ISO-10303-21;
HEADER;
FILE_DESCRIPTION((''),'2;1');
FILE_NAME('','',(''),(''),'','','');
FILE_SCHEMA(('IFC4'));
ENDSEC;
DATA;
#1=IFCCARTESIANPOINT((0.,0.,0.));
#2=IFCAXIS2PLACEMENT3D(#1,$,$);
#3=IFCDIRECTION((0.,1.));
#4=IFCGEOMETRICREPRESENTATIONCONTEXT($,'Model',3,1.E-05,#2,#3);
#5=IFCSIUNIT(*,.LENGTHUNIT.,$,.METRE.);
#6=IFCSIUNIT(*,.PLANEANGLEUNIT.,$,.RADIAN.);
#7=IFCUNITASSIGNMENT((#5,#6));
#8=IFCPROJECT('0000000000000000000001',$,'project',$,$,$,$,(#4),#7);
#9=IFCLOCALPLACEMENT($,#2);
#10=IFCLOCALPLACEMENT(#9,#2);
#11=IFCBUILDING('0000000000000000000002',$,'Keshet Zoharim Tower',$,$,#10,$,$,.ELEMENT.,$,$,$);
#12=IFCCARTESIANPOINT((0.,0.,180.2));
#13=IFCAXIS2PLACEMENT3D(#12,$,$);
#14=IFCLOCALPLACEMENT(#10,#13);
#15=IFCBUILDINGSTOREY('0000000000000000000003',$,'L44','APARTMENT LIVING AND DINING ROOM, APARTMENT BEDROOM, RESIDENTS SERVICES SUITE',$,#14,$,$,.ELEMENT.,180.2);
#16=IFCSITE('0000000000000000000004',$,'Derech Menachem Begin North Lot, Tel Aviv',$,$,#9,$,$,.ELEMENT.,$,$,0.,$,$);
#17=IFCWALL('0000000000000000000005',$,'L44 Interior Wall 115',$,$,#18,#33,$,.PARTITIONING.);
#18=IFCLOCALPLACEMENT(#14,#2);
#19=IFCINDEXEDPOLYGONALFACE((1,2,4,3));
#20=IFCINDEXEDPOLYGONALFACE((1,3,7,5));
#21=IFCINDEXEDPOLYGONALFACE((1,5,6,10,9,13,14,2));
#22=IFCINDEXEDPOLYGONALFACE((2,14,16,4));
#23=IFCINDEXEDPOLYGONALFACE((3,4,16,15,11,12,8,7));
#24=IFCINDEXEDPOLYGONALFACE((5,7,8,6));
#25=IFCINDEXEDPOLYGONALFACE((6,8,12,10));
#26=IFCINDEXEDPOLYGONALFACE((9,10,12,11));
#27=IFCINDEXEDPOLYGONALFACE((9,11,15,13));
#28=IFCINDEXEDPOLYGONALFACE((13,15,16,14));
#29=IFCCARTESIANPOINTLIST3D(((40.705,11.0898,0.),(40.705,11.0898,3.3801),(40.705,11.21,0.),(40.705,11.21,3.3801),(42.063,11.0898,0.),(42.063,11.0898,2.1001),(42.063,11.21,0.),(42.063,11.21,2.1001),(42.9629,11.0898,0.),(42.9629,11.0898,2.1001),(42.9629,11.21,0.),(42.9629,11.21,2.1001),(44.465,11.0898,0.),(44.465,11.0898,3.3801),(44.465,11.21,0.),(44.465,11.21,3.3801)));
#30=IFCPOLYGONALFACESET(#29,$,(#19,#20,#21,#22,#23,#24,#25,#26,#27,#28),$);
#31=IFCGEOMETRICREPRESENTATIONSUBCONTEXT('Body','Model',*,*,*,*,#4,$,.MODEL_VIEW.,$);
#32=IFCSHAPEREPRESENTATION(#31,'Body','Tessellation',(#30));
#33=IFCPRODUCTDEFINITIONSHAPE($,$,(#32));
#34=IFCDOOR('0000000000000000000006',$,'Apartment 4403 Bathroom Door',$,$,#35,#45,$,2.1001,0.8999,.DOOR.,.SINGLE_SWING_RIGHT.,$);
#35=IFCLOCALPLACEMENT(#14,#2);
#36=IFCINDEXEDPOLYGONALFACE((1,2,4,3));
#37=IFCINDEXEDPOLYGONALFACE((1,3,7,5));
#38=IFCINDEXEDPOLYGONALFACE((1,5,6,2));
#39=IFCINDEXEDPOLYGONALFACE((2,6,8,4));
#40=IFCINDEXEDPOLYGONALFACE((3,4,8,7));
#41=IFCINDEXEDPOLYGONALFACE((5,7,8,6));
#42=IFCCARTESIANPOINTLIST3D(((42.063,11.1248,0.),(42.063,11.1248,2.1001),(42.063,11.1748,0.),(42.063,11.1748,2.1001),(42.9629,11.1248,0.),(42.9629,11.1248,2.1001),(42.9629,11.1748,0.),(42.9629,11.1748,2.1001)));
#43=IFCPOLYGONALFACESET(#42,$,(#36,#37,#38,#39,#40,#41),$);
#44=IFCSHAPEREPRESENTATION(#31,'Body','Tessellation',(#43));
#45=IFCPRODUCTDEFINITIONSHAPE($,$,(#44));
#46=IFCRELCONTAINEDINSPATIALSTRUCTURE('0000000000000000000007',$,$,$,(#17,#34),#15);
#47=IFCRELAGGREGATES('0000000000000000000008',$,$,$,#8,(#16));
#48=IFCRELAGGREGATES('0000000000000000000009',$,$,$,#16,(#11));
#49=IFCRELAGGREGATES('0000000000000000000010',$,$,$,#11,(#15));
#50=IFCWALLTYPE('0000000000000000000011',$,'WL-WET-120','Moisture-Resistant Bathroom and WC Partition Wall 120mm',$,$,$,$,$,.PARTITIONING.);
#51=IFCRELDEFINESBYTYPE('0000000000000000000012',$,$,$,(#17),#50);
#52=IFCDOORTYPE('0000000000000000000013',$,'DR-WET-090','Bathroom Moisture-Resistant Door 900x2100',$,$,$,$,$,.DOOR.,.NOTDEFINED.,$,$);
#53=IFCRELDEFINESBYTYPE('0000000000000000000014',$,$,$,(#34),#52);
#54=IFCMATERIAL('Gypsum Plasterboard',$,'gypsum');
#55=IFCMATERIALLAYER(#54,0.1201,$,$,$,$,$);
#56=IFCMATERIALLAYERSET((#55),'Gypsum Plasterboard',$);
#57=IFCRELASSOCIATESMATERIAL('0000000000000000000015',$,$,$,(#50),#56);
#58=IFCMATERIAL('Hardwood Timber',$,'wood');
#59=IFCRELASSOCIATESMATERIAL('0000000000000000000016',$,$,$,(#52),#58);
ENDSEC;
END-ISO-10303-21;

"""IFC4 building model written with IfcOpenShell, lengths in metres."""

from ifc_helpers import new_model, si_unit, direction, frame, frame_2d, origin, place, context, subcontext, project, spatial, rectangle, extrude, material, layer, layer_set, type_object, element, fill, save


model = new_model("IFC4")

# Units and contexts
model_context = context("Model", 3, precision=1e-05, world=origin(), true_north=direction((0.0, 1.0)))
body_context = subcontext(model_context, "Body", "Model", "MODEL_VIEW")
ifc_project = project(units=[si_unit("LENGTHUNIT", "METRE"), si_unit("PLANEANGLEUNIT", "RADIAN")], contexts=[model_context])

# Site, building, storey
site_placement = place(None, origin())
site = spatial("IfcSite", under=ifc_project, at=site_placement, Name="Derech Menachem Begin North Lot, Tel Aviv", CompositionType="ELEMENT", RefElevation=0.0)
building_placement = place(site_placement, origin())
building = spatial("IfcBuilding", under=site, at=building_placement, Name="Keshet Zoharim Tower", CompositionType="ELEMENT")
storey_placement = place(building_placement, frame((0.0, 0.0, 180.2)))
storey = spatial("IfcBuildingStorey", under=building, at=storey_placement, Name="L44", Description="APARTMENT LIVING AND DINING ROOM, APARTMENT BEDROOM, RESIDENTS SERVICES SUITE", CompositionType="ELEMENT", Elevation=180.2)

# Shared definitions
ifc_material_1 = material(Name="Gypsum Plasterboard", Category="gypsum")
ifc_material_2 = material(Name="Hardwood Timber", Category="wood")

# Shared definitions
ifc_layer_1 = layer(ifc_material_1, 0.1201)
ifc_layer_set_1 = layer_set([ifc_layer_1], Name="Gypsum Plasterboard")
wall_type_1 = type_object("IfcWallType", Name="WL-WET-120", Description="Moisture-Resistant Bathroom and WC Partition Wall 120mm", PredefinedType="PARTITIONING", material=ifc_layer_set_1)

# Wall, opening, door
wall_1_placement = place(storey_placement, frame((40.7051, 11.1499, 0.0), z_axis=(0.0, 0.0, 1.0), x_axis=(1.0, 0.0, 0.0)))
wall_1 = element("IfcWall", 1, at=wall_1_placement, inside=storey, type_object=wall_type_1, Name="L44 Interior Wall 115", PredefinedType="PARTITIONING", context=body_context, shape_type="SweptSolid", body=[
    extrude(rectangle(XDim=3.76, YDim=0.1201, at=frame_2d((1.8799, 0.0))), origin(), (0.0, 0.0, 1.0), 3.3801),
])
opening_1_placement = place(wall_1_placement, frame((1.3579, 0.0, 0.0)))
opening_1 = element("IfcOpeningElement", 2, at=opening_1_placement, cuts=wall_1, PredefinedType="OPENING", context=body_context, shape_type="SweptSolid", body=[
    extrude(rectangle(XDim=0.8999, YDim=2.1001, at=frame_2d((0.45, 1.05))), frame((0.0, 0.0701, 0.0), z_axis=(0.0, -1.0, 0.0), x_axis=(1.0, 0.0, 0.0)), (0.0, 0.0, 1.0), 0.1401),
])
door_type_1 = type_object("IfcDoorType", Name="DR-WET-090", Description="Bathroom Moisture-Resistant Door 900x2100", OperationType="NOTDEFINED", PredefinedType="DOOR", material=ifc_material_2)
door_1_placement = place(opening_1_placement, origin())
door_1 = element("IfcDoor", 3, at=door_1_placement, inside=storey, type_object=door_type_1, Name="Apartment 4403 Bathroom Door", OperationType="SINGLE_SWING_RIGHT", OverallHeight=2.1001, OverallWidth=0.8999, PredefinedType="DOOR", context=body_context, shape_type="SweptSolid", body=[
    extrude(rectangle(XDim=0.8999, YDim=2.1001, at=frame_2d((0.45, 1.05))), frame((0.0, 0.0249, 0.0), z_axis=(0.0, -1.0, 0.0), x_axis=(1.0, 0.0, 0.0)), (0.0, 0.0, 1.0), 0.05),
])
fill(opening_1, door_1)

save(model, "model.ifc")
